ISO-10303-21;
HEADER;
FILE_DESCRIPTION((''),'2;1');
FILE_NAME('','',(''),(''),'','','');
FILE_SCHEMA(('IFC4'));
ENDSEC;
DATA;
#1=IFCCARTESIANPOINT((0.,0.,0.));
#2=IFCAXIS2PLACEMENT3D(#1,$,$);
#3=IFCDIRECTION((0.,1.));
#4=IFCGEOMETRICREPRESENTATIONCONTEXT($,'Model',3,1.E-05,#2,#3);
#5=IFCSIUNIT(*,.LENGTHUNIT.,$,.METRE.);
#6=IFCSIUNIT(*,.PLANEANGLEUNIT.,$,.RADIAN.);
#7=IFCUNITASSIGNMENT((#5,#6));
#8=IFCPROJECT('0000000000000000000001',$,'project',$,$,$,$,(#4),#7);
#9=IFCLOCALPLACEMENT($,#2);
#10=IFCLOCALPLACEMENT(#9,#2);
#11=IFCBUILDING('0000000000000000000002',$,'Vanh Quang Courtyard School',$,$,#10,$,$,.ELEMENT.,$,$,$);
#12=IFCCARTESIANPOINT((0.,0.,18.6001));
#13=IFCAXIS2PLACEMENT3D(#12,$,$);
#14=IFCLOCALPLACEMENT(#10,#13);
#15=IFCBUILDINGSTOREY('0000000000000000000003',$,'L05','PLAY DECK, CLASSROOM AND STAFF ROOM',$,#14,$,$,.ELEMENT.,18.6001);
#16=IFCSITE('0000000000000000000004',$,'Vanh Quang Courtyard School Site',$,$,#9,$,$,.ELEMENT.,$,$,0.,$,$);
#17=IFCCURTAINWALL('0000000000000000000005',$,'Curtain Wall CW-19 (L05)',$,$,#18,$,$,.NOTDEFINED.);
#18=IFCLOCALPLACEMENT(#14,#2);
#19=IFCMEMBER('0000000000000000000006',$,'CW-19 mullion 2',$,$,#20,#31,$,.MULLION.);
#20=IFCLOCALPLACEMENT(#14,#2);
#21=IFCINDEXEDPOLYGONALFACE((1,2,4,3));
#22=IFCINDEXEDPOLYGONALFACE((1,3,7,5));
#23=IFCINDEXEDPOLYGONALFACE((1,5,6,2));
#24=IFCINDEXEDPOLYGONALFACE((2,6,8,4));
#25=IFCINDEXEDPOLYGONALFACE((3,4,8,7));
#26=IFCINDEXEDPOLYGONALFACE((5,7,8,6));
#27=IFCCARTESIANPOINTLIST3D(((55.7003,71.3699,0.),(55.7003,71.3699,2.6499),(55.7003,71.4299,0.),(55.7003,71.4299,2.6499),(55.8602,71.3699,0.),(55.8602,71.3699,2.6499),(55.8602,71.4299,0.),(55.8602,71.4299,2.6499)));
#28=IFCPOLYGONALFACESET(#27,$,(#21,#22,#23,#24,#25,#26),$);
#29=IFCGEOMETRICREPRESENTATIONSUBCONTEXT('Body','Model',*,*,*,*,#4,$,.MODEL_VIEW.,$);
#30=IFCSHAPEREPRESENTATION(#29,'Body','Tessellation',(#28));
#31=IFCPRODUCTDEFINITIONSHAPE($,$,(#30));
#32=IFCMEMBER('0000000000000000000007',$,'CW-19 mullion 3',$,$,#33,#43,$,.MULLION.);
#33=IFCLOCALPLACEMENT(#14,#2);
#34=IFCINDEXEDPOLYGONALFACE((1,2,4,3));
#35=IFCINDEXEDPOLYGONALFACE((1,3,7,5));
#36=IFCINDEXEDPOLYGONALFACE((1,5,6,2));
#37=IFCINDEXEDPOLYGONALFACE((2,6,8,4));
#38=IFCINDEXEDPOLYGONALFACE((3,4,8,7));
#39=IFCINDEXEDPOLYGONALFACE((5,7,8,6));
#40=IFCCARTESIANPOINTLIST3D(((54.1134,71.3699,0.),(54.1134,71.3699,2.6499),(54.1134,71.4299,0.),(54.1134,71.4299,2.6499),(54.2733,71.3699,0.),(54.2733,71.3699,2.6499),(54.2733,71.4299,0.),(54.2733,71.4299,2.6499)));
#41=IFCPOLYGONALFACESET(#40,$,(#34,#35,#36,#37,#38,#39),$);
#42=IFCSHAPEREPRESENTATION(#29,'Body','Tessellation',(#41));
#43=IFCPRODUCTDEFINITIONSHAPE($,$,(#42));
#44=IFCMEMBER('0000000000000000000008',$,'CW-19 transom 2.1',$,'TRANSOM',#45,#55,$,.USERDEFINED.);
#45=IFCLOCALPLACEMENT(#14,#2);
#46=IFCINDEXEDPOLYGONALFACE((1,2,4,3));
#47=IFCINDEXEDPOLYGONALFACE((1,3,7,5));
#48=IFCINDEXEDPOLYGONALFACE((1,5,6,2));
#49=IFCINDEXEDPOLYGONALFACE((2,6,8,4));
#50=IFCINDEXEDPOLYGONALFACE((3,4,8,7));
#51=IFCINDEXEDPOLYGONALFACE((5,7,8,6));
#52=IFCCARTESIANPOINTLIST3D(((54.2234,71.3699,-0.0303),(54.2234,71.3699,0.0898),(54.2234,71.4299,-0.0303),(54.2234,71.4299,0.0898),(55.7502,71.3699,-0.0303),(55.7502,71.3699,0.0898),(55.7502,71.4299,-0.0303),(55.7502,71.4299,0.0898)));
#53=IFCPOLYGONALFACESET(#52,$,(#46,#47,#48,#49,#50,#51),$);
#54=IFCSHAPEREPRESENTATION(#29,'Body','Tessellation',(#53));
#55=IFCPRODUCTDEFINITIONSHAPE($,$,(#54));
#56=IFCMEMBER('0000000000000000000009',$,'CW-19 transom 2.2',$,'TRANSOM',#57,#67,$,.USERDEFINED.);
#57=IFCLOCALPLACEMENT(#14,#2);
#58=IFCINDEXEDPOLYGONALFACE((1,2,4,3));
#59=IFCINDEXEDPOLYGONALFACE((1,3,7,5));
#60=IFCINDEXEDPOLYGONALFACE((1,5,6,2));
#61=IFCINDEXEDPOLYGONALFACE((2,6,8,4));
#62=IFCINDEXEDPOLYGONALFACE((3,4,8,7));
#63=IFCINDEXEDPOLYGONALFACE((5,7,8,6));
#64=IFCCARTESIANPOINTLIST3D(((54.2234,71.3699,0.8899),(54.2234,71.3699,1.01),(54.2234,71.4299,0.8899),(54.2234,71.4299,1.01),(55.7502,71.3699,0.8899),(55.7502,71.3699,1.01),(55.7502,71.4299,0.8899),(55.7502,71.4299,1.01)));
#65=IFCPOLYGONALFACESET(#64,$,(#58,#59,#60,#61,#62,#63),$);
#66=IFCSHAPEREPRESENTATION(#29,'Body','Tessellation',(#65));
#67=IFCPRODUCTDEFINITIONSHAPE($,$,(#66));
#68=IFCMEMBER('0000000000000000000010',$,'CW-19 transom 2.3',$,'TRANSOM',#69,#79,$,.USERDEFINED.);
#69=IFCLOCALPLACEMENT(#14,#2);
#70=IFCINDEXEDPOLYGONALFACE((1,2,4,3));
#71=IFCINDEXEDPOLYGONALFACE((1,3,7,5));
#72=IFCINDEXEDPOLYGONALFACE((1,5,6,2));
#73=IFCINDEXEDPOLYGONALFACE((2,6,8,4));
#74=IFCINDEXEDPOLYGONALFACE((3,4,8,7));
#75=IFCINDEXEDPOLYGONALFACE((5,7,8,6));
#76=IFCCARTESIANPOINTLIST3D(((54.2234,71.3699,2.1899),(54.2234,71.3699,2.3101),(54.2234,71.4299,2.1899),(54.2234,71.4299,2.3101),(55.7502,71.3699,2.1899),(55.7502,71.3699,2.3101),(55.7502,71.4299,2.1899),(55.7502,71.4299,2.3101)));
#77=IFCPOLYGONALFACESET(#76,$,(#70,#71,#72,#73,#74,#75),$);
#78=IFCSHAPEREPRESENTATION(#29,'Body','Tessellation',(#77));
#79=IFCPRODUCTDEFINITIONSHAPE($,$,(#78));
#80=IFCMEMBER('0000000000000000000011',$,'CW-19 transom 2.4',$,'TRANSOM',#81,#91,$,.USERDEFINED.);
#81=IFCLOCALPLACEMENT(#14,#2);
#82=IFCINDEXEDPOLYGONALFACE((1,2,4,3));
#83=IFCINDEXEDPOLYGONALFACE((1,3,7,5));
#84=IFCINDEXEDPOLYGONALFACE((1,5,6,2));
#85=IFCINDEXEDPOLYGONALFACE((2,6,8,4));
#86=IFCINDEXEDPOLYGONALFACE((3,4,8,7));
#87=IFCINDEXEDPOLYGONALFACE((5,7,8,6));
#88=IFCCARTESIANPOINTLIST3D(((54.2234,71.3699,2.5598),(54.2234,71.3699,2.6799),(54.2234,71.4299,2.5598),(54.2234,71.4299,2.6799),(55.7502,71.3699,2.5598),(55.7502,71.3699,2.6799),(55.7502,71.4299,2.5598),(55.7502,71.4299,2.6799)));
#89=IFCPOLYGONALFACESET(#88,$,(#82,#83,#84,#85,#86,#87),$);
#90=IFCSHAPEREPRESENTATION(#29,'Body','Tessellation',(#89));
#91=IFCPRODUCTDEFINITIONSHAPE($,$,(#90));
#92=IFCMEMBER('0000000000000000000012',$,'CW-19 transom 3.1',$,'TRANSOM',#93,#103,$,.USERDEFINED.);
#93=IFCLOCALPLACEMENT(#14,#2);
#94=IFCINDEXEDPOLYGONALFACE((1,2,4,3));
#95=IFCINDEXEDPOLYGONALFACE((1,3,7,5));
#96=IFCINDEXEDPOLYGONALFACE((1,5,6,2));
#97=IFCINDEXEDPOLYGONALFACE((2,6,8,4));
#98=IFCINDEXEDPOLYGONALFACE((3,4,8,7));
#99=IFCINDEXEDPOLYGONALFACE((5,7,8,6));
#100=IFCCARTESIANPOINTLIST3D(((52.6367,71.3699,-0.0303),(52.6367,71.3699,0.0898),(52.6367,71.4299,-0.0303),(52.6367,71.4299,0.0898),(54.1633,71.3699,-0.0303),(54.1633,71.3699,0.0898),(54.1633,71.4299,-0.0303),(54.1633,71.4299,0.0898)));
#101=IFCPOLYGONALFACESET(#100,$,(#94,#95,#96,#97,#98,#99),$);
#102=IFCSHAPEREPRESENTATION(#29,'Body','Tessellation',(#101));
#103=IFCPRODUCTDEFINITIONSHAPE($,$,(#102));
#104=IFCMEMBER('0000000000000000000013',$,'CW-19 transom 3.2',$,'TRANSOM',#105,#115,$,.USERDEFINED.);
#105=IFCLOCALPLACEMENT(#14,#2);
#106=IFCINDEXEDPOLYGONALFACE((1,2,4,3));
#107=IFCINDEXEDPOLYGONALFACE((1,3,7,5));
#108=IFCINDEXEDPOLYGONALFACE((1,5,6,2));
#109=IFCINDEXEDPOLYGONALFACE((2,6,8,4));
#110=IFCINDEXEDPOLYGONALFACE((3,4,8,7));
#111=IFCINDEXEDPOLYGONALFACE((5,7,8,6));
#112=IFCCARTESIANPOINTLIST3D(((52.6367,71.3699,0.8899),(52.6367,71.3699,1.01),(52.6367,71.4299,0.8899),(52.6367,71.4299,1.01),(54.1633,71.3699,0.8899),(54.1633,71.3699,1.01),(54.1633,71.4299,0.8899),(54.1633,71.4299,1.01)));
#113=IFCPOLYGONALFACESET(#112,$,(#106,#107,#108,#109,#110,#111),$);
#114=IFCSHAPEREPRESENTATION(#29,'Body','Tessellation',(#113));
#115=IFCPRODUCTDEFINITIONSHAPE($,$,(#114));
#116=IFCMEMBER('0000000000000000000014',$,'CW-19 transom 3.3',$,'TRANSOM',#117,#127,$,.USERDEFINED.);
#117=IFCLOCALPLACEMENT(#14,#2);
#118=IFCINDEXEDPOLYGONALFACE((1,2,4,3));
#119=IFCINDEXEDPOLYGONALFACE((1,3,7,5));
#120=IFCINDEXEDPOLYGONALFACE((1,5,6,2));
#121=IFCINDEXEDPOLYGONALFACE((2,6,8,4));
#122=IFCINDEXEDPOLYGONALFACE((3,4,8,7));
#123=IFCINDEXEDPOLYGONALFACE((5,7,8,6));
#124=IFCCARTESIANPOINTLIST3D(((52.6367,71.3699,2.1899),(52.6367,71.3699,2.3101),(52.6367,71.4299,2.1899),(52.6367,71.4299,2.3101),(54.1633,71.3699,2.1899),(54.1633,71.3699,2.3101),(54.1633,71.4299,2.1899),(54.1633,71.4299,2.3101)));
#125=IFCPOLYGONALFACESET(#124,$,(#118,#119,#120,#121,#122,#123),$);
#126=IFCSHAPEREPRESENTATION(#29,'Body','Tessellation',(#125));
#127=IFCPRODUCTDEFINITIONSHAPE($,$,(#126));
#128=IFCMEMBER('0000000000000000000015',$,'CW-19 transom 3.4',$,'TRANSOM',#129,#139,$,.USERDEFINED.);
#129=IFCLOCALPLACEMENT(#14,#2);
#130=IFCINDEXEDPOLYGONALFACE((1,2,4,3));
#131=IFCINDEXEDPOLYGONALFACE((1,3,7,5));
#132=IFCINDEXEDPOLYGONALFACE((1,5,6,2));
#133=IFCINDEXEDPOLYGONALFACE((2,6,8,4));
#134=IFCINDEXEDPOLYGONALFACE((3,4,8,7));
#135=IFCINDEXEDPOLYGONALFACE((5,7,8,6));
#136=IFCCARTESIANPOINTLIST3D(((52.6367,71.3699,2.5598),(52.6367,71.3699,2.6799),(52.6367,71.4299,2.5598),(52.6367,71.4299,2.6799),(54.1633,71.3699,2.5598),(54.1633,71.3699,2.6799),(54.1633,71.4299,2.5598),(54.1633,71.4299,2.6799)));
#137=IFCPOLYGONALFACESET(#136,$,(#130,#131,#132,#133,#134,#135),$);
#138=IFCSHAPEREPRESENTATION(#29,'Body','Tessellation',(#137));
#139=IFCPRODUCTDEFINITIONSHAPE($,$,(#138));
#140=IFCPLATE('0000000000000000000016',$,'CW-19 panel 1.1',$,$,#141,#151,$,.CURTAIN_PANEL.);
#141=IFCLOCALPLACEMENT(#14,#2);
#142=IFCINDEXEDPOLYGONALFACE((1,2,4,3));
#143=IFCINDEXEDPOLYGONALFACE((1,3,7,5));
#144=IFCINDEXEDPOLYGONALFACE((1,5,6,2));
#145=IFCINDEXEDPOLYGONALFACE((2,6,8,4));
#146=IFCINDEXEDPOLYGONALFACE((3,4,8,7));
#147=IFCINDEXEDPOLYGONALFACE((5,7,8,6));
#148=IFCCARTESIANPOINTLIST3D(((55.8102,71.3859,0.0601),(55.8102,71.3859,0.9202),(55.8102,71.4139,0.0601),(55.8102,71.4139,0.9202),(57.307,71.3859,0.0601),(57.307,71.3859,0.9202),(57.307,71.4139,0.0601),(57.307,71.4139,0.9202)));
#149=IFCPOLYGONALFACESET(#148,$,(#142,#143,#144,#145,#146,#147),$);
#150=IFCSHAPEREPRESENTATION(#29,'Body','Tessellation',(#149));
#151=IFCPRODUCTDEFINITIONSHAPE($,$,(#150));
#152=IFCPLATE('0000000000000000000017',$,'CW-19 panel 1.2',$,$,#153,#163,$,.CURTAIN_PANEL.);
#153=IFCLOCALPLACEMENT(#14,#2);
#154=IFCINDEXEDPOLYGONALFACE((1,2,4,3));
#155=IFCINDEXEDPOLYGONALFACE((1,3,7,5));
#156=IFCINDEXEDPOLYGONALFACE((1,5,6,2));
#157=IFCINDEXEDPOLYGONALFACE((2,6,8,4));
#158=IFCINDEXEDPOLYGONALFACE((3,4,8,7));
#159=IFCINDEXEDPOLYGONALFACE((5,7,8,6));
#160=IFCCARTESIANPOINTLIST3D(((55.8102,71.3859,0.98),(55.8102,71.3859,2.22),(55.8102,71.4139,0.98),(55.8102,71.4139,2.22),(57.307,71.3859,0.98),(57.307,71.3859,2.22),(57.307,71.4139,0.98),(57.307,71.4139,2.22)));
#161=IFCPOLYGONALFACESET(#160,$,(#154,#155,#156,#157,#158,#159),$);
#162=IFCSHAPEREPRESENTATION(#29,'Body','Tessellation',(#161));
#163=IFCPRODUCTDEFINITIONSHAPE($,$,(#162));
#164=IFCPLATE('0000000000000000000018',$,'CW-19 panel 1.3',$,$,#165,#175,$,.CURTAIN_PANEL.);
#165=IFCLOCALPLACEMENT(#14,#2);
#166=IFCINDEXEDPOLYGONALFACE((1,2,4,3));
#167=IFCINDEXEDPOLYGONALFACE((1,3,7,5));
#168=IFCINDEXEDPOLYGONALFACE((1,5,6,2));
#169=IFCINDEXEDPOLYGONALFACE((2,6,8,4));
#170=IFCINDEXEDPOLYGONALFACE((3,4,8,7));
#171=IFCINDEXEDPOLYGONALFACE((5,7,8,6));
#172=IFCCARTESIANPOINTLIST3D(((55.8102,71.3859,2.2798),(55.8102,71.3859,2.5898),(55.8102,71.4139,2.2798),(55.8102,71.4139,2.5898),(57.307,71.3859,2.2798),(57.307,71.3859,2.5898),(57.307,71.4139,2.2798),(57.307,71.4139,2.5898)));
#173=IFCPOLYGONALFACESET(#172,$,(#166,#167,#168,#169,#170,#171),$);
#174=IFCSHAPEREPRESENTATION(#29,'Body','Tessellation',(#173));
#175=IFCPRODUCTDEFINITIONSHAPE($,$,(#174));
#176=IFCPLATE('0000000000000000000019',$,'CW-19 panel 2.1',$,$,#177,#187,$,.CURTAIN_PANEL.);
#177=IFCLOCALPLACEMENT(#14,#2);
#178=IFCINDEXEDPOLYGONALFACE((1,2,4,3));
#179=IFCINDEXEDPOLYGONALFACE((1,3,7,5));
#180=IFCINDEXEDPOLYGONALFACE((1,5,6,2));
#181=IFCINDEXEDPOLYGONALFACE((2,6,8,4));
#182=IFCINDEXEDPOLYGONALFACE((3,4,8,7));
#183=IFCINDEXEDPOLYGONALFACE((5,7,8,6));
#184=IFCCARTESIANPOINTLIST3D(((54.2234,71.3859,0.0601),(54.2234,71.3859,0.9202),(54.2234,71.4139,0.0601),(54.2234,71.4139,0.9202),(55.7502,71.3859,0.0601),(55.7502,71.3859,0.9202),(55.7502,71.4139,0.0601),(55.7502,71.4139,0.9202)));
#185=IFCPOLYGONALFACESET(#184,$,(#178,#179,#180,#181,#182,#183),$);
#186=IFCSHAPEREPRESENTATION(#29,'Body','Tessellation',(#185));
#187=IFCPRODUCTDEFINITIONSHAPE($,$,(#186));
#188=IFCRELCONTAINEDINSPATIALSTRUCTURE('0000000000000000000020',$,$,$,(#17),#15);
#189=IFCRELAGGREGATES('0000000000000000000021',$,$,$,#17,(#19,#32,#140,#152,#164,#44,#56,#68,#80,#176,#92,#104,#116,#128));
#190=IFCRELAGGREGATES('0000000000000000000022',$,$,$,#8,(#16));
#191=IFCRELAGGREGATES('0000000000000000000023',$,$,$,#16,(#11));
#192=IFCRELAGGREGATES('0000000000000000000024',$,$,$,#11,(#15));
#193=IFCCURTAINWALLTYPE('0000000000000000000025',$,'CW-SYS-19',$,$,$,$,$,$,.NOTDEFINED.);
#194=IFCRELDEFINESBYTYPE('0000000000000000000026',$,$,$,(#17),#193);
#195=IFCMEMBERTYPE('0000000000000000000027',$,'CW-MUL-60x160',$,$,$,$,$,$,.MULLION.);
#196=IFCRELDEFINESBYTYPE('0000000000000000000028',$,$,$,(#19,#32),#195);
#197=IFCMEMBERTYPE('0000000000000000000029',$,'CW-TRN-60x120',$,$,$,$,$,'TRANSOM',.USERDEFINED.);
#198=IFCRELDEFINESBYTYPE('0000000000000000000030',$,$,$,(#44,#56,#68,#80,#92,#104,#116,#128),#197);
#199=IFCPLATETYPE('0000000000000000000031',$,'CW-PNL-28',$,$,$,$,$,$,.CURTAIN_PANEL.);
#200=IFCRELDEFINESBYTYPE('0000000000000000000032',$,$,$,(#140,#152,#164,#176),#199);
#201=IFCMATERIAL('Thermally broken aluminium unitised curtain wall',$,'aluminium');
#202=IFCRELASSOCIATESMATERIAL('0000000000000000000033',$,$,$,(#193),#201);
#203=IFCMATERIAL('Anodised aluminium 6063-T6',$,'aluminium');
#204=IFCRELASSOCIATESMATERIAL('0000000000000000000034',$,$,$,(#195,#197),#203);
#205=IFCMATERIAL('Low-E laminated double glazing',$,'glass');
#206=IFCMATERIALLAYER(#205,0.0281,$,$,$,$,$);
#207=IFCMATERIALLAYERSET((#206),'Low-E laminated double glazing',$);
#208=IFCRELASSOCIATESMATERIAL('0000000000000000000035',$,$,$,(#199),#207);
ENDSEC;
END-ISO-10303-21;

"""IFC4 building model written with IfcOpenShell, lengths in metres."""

from ifc_helpers import new_model, si_unit, direction, frame, origin, origin_2d, place, context, subcontext, project, spatial, rectangle, extrude, material, layer, layer_set, material_profile, profile_set, type_object, element, aggregate, save


model = new_model("IFC4")

# Units and contexts
model_context = context("Model", 3, precision=1e-05, world=origin(), true_north=direction((0.0, 1.0)))
body_context = subcontext(model_context, "Body", "Model", "MODEL_VIEW")
ifc_project = project(units=[si_unit("LENGTHUNIT", "METRE"), si_unit("PLANEANGLEUNIT", "RADIAN")], contexts=[model_context])

# Site, building, storey
site_placement = place(None, origin())
site = spatial("IfcSite", under=ifc_project, at=site_placement, Name="Vanh Quang Courtyard School Site", CompositionType="ELEMENT", RefElevation=0.0)
building_placement = place(site_placement, origin())
building = spatial("IfcBuilding", under=site, at=building_placement, Name="Vanh Quang Courtyard School", CompositionType="ELEMENT")
storey_placement = place(building_placement, frame((0.0, 0.0, 18.6001)))
storey = spatial("IfcBuildingStorey", under=building, at=storey_placement, Name="L05", Description="PLAY DECK, CLASSROOM AND STAFF ROOM", CompositionType="ELEMENT", Elevation=18.6001)

# Curtain wall, members, plates
ifc_material_1 = material(Name="Thermally broken aluminium unitised curtain wall", Category="aluminium")
curtain_wall_type = type_object("IfcCurtainWallType", Name="CW-SYS-19", PredefinedType="NOTDEFINED", material=ifc_material_1)
curtain_wall_placement = place(storey_placement, origin())
curtain_wall = element("IfcCurtainWall", 1, at=curtain_wall_placement, inside=storey, type_object=curtain_wall_type, Name="Curtain Wall CW-19 (L05)", PredefinedType="NOTDEFINED")
ifc_material_2 = material(Name="Anodised aluminium 6063-T6", Category="aluminium")
ifc_material_profile_1 = material_profile(ifc_material_2, rectangle(XDim=0.0601, YDim=0.1599, at=origin_2d()), Name="ALU-MUL 60x160")
ifc_profile_set_1 = profile_set([ifc_material_profile_1], Name="Anodised aluminium 6063-T6")
member_type_1 = type_object("IfcMemberType", Name="CW-MUL-60x160", PredefinedType="MULLION", material=ifc_profile_set_1)
member_1_placement = place(storey_placement, frame((55.7803, 71.3999, 0.0), z_axis=(0.0, 0.0, 1.0), x_axis=(0.0, -1.0, 0.0)))
member_1 = element("IfcMember", 2, at=member_1_placement, type_object=member_type_1, Name="CW-19 mullion 2", PredefinedType="MULLION", context=body_context, shape_type="SweptSolid", body=[
    extrude(rectangle(XDim=0.0601, YDim=0.1599, at=origin_2d()), origin(), (0.0, 0.0, 1.0), 2.6499),
])
member_2_placement = place(storey_placement, frame((54.1934, 71.3999, 0.0), z_axis=(0.0, 0.0, 1.0), x_axis=(0.0, -1.0, 0.0)))
member_2 = element("IfcMember", 3, at=member_2_placement, type_object=member_type_1, Name="CW-19 mullion 3", PredefinedType="MULLION", context=body_context, shape_type="SweptSolid", body=[
    extrude(rectangle(XDim=0.0601, YDim=0.1599, at=origin_2d()), origin(), (0.0, 0.0, 1.0), 2.6499),
])
ifc_material_profile_2 = material_profile(ifc_material_2, rectangle(XDim=0.0601, YDim=0.1201, at=origin_2d()), Name="ALU-TRN 60x120")
ifc_profile_set_2 = profile_set([ifc_material_profile_2], Name="Anodised aluminium 6063-T6")
member_type_2 = type_object("IfcMemberType", Name="CW-TRN-60x120", ElementType="TRANSOM", PredefinedType="USERDEFINED", material=ifc_profile_set_2)
member_3_placement = place(storey_placement, frame((55.7502, 71.3999, 0.0298), z_axis=(-1.0, 0.0, 0.0), x_axis=(0.0, -1.0, 0.0)))
member_3 = element("IfcMember", 4, at=member_3_placement, type_object=member_type_2, Name="CW-19 transom 2.1", ObjectType="TRANSOM", PredefinedType="USERDEFINED", context=body_context, shape_type="SweptSolid", body=[
    extrude(rectangle(XDim=0.0601, YDim=0.1201, at=origin_2d()), origin(), (0.0, 0.0, 1.0), 1.5269),
])
member_4_placement = place(storey_placement, frame((55.7502, 71.3999, 0.95), z_axis=(-1.0, 0.0, 0.0), x_axis=(0.0, -1.0, 0.0)))
member_4 = element("IfcMember", 5, at=member_4_placement, type_object=member_type_2, Name="CW-19 transom 2.2", ObjectType="TRANSOM", PredefinedType="USERDEFINED", context=body_context, shape_type="SweptSolid", body=[
    extrude(rectangle(XDim=0.0601, YDim=0.1201, at=origin_2d()), origin(), (0.0, 0.0, 1.0), 1.5269),
])
member_5_placement = place(storey_placement, frame((55.7502, 71.3999, 2.25), z_axis=(-1.0, 0.0, 0.0), x_axis=(0.0, -1.0, 0.0)))
member_5 = element("IfcMember", 6, at=member_5_placement, type_object=member_type_2, Name="CW-19 transom 2.3", ObjectType="TRANSOM", PredefinedType="USERDEFINED", context=body_context, shape_type="SweptSolid", body=[
    extrude(rectangle(XDim=0.0601, YDim=0.1201, at=origin_2d()), origin(), (0.0, 0.0, 1.0), 1.5269),
])
member_6_placement = place(storey_placement, frame((55.7502, 71.3999, 2.6199), z_axis=(-1.0, 0.0, 0.0), x_axis=(0.0, -1.0, 0.0)))
member_6 = element("IfcMember", 7, at=member_6_placement, type_object=member_type_2, Name="CW-19 transom 2.4", ObjectType="TRANSOM", PredefinedType="USERDEFINED", context=body_context, shape_type="SweptSolid", body=[
    extrude(rectangle(XDim=0.0601, YDim=0.1201, at=origin_2d()), origin(), (0.0, 0.0, 1.0), 1.5269),
])
member_7_placement = place(storey_placement, frame((54.1633, 71.3999, 0.0298), z_axis=(-1.0, 0.0, 0.0), x_axis=(0.0, -1.0, 0.0)))
member_7 = element("IfcMember", 8, at=member_7_placement, type_object=member_type_2, Name="CW-19 transom 3.1", ObjectType="TRANSOM", PredefinedType="USERDEFINED", context=body_context, shape_type="SweptSolid", body=[
    extrude(rectangle(XDim=0.0601, YDim=0.1201, at=origin_2d()), origin(), (0.0, 0.0, 1.0), 1.5266),
])
member_8_placement = place(storey_placement, frame((54.1633, 71.3999, 0.95), z_axis=(-1.0, 0.0, 0.0), x_axis=(0.0, -1.0, 0.0)))
member_8 = element("IfcMember", 9, at=member_8_placement, type_object=member_type_2, Name="CW-19 transom 3.2", ObjectType="TRANSOM", PredefinedType="USERDEFINED", context=body_context, shape_type="SweptSolid", body=[
    extrude(rectangle(XDim=0.0601, YDim=0.1201, at=origin_2d()), origin(), (0.0, 0.0, 1.0), 1.5266),
])
member_9_placement = place(storey_placement, frame((54.1633, 71.3999, 2.25), z_axis=(-1.0, 0.0, 0.0), x_axis=(0.0, -1.0, 0.0)))
member_9 = element("IfcMember", 10, at=member_9_placement, type_object=member_type_2, Name="CW-19 transom 3.3", ObjectType="TRANSOM", PredefinedType="USERDEFINED", context=body_context, shape_type="SweptSolid", body=[
    extrude(rectangle(XDim=0.0601, YDim=0.1201, at=origin_2d()), origin(), (0.0, 0.0, 1.0), 1.5266),
])
member_10_placement = place(storey_placement, frame((54.1633, 71.3999, 2.6199), z_axis=(-1.0, 0.0, 0.0), x_axis=(0.0, -1.0, 0.0)))
member_10 = element("IfcMember", 11, at=member_10_placement, type_object=member_type_2, Name="CW-19 transom 3.4", ObjectType="TRANSOM", PredefinedType="USERDEFINED", context=body_context, shape_type="SweptSolid", body=[
    extrude(rectangle(XDim=0.0601, YDim=0.1201, at=origin_2d()), origin(), (0.0, 0.0, 1.0), 1.5266),
])
ifc_material_3 = material(Name="Low-E laminated double glazing", Category="glass")
ifc_layer = layer(ifc_material_3, 0.0281)
ifc_layer_set = layer_set([ifc_layer], Name="Low-E laminated double glazing")
plate_type = type_object("IfcPlateType", Name="CW-PNL-28", PredefinedType="CURTAIN_PANEL", material=ifc_layer_set)
plate_1_placement = place(storey_placement, frame((56.5586, 71.3999, 0.0601), z_axis=(0.0, 0.0, 1.0), x_axis=(-1.0, 0.0, 0.0)))
plate_1 = element("IfcPlate", 12, at=plate_1_placement, type_object=plate_type, Name="CW-19 panel 1.1", PredefinedType="CURTAIN_PANEL", context=body_context, shape_type="SweptSolid", body=[
    extrude(rectangle(XDim=1.4968, YDim=0.0281, at=origin_2d()), origin(), (0.0, 0.0, 1.0), 0.8601),
])
plate_2_placement = place(storey_placement, frame((56.5586, 71.3999, 0.98), z_axis=(0.0, 0.0, 1.0), x_axis=(-1.0, 0.0, 0.0)))
plate_2 = element("IfcPlate", 13, at=plate_2_placement, type_object=plate_type, Name="CW-19 panel 1.2", PredefinedType="CURTAIN_PANEL", context=body_context, shape_type="SweptSolid", body=[
    extrude(rectangle(XDim=1.4968, YDim=0.0281, at=origin_2d()), origin(), (0.0, 0.0, 1.0), 1.24),
])
plate_3_placement = place(storey_placement, frame((56.5586, 71.3999, 2.2798), z_axis=(0.0, 0.0, 1.0), x_axis=(-1.0, 0.0, 0.0)))
plate_3 = element("IfcPlate", 14, at=plate_3_placement, type_object=plate_type, Name="CW-19 panel 1.3", PredefinedType="CURTAIN_PANEL", context=body_context, shape_type="SweptSolid", body=[
    extrude(rectangle(XDim=1.4968, YDim=0.0281, at=origin_2d()), origin(), (0.0, 0.0, 1.0), 0.3101),
])
plate_4_placement = place(storey_placement, frame((54.9868, 71.3999, 0.0601), z_axis=(0.0, 0.0, 1.0), x_axis=(-1.0, 0.0, 0.0)))
plate_4 = element("IfcPlate", 15, at=plate_4_placement, type_object=plate_type, Name="CW-19 panel 2.1", PredefinedType="CURTAIN_PANEL", context=body_context, shape_type="SweptSolid", body=[
    extrude(rectangle(XDim=1.5269, YDim=0.0281, at=origin_2d()), origin(), (0.0, 0.0, 1.0), 0.8601),
])
aggregate(curtain_wall, [member_1, member_2, plate_1, plate_2, plate_3, member_3, member_4, member_5, member_6, plate_4, member_7, member_8, member_9, member_10])

save(model, "model.ifc")
